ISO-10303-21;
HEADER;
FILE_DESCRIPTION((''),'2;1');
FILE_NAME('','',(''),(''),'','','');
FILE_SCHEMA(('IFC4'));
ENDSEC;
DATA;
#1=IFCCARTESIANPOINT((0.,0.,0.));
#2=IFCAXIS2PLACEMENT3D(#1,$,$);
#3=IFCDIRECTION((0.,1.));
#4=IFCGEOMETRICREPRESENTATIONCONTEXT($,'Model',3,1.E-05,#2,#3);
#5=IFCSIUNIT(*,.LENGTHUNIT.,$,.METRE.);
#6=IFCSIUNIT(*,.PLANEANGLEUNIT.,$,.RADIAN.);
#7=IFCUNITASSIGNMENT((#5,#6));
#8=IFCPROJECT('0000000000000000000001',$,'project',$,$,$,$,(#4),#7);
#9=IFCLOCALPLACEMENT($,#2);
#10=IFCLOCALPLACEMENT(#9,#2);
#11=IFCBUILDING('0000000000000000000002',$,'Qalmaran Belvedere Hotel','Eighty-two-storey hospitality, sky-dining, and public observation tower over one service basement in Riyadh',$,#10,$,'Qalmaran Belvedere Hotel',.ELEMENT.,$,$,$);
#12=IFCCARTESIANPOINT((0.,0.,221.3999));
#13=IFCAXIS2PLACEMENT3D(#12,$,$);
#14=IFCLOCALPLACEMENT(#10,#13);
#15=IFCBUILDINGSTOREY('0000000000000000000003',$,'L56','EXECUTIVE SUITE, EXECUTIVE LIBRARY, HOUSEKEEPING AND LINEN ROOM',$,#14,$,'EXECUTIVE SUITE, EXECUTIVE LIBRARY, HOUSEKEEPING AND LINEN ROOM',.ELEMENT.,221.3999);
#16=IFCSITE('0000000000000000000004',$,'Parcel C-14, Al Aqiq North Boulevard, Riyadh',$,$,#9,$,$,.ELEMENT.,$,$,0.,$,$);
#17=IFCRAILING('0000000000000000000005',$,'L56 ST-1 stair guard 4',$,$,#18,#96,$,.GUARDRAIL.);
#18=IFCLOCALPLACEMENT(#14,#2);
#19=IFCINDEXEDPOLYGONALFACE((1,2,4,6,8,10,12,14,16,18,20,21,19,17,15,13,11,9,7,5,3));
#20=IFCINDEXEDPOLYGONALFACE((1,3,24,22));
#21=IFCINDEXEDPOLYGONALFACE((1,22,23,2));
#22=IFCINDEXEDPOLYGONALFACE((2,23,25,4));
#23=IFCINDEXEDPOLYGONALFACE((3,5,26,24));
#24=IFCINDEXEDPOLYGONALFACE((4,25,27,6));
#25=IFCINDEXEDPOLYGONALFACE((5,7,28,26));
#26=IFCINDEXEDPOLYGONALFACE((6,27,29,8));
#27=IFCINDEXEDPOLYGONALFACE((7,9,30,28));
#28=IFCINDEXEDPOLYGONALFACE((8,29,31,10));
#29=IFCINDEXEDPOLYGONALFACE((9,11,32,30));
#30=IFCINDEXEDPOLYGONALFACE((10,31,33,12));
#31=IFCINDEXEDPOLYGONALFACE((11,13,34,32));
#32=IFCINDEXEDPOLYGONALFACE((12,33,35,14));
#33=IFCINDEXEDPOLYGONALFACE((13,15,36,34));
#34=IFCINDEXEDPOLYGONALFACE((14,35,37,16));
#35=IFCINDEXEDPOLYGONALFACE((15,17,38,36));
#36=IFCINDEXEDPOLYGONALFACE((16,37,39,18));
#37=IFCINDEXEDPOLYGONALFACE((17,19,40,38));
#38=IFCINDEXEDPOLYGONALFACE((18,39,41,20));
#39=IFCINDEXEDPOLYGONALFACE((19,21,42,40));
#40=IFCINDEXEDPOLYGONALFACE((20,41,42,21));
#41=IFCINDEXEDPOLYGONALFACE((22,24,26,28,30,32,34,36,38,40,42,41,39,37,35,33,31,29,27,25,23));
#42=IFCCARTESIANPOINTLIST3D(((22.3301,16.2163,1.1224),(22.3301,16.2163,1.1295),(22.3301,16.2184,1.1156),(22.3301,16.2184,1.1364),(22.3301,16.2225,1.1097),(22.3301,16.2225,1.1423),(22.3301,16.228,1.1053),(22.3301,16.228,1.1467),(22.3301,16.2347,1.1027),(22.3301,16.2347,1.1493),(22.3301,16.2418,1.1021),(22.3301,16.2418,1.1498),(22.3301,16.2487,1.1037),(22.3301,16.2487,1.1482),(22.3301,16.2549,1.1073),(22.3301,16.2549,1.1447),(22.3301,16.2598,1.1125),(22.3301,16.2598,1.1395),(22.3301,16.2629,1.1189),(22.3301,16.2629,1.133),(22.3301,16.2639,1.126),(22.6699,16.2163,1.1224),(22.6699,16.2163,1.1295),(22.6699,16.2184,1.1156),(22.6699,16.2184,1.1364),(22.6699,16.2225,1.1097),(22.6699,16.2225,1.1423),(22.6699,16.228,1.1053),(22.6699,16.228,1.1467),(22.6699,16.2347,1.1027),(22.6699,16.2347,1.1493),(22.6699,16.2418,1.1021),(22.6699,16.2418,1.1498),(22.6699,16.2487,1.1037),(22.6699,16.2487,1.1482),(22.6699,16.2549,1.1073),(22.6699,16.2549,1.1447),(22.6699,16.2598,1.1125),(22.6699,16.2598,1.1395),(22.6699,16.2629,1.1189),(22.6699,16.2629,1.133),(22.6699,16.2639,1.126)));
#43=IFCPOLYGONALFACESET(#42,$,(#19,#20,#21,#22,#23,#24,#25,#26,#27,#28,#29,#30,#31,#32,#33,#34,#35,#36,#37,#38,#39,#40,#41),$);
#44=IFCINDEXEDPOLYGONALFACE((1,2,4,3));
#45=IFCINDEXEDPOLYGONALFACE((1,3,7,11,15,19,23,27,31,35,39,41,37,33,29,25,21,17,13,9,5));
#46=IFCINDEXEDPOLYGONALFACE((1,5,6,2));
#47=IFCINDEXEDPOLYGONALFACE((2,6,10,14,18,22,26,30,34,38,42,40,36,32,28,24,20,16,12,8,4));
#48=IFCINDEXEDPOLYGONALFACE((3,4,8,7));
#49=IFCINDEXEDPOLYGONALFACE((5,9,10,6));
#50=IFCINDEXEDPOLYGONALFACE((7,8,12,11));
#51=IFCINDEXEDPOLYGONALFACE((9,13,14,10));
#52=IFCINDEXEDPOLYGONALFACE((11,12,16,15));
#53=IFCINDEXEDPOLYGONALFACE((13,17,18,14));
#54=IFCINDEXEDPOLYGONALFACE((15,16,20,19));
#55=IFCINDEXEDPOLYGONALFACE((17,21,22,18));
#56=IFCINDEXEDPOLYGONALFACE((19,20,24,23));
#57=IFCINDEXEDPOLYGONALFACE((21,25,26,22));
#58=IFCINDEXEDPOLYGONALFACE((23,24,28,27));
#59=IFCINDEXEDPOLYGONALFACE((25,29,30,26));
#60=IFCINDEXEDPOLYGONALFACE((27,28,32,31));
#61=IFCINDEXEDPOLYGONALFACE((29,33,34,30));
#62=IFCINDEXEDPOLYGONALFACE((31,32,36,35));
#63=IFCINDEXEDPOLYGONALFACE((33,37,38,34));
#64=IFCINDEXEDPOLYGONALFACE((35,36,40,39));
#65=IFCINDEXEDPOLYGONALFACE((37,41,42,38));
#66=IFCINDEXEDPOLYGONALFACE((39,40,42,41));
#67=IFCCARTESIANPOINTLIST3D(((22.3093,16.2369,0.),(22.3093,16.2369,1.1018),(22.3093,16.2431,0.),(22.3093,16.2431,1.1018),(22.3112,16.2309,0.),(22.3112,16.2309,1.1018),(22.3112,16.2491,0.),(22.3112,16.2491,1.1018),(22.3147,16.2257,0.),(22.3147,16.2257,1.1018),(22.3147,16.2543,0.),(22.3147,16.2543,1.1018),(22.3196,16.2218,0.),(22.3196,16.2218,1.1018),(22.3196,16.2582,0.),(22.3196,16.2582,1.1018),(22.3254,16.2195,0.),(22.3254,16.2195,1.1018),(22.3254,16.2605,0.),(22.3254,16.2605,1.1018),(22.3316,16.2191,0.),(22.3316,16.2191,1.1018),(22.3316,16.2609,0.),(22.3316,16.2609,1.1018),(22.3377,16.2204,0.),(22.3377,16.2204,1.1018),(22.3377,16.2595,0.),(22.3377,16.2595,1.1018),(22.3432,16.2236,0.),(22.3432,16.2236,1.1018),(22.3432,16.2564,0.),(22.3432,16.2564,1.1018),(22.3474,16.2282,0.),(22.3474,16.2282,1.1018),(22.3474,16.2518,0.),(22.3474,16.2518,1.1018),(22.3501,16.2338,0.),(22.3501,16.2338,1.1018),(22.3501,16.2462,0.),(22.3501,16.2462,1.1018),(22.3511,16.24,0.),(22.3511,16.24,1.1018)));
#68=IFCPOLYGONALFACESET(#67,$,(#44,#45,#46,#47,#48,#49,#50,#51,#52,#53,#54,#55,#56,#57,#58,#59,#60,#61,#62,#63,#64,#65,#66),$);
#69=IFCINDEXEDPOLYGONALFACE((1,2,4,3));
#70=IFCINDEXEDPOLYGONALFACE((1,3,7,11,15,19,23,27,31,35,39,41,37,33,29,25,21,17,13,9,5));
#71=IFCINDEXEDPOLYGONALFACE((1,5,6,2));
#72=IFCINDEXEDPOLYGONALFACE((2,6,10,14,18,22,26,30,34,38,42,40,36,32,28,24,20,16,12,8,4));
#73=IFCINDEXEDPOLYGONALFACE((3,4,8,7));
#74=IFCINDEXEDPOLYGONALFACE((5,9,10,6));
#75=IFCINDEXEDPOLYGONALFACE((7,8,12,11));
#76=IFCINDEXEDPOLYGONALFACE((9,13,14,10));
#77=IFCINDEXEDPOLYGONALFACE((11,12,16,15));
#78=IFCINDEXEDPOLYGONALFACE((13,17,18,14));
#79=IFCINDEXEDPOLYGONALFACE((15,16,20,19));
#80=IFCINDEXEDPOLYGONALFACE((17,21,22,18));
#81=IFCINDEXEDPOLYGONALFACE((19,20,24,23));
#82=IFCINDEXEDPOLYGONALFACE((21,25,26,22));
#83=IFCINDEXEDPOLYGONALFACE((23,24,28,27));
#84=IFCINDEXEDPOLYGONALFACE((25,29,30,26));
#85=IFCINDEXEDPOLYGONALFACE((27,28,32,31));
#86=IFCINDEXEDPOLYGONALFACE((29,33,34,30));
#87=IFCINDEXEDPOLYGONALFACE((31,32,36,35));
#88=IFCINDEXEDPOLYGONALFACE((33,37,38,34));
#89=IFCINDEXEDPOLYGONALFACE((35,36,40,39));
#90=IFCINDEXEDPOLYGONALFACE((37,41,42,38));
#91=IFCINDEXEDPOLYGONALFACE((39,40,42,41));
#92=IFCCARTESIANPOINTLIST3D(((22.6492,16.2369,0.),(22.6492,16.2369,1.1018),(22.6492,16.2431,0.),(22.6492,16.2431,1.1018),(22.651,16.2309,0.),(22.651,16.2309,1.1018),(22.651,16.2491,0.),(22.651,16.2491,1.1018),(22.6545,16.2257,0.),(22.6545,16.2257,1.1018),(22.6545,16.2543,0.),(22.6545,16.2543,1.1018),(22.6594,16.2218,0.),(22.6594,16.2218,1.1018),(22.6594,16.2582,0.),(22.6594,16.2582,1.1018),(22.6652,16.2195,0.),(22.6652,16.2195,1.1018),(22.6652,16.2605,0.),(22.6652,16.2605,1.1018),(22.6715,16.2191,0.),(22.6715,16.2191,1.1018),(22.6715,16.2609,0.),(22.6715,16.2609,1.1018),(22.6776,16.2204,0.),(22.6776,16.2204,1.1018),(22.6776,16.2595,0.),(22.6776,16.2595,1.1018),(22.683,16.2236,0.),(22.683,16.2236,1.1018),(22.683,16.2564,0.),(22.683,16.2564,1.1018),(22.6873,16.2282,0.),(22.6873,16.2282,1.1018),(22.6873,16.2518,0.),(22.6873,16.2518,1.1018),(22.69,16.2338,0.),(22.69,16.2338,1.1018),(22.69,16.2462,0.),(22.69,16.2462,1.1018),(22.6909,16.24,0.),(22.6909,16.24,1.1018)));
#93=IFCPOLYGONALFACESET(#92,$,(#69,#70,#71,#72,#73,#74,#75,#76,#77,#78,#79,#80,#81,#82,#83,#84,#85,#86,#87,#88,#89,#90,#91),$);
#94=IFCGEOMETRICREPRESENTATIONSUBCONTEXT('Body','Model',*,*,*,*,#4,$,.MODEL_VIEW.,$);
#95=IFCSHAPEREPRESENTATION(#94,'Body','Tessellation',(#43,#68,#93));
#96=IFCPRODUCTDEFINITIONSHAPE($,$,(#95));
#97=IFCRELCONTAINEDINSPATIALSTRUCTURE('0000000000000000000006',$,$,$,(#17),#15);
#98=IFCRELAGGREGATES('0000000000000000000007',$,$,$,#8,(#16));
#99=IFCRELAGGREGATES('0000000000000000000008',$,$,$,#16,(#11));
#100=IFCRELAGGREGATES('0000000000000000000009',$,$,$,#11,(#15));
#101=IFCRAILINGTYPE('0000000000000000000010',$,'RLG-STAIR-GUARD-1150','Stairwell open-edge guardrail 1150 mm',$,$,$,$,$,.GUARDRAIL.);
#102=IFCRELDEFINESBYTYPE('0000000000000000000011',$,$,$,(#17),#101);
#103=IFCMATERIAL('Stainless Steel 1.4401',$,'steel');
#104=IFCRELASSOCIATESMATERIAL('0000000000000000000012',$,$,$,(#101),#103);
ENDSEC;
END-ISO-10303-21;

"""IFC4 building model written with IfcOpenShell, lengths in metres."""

from ifc_helpers import new_model, si_unit, direction, frame, origin, origin_2d, place, context, subcontext, project, spatial, circle, extrude, material, type_object, element, save


model = new_model("IFC4")

# Units and contexts
model_context = context("Model", 3, precision=1e-05, world=origin(), true_north=direction((0.0, 1.0)))
body_context = subcontext(model_context, "Body", "Model", "MODEL_VIEW")
ifc_project = project(units=[si_unit("LENGTHUNIT", "METRE"), si_unit("PLANEANGLEUNIT", "RADIAN")], contexts=[model_context])

# Site, building, storey
site_placement = place(None, origin())
site = spatial("IfcSite", under=ifc_project, at=site_placement, Name="Parcel C-14, Al Aqiq North Boulevard, Riyadh", CompositionType="ELEMENT", RefElevation=0.0)
building_placement = place(site_placement, origin())
building = spatial("IfcBuilding", under=site, at=building_placement, Name="Qalmaran Belvedere Hotel", Description="Eighty-two-storey hospitality, sky-dining, and public observation tower over one service basement in Riyadh", LongName="Qalmaran Belvedere Hotel", CompositionType="ELEMENT")
storey_placement = place(building_placement, frame((0.0, 0.0, 221.3999)))
storey = spatial("IfcBuildingStorey", under=building, at=storey_placement, Name="L56", Description="EXECUTIVE SUITE, EXECUTIVE LIBRARY, HOUSEKEEPING AND LINEN ROOM", LongName="EXECUTIVE SUITE, EXECUTIVE LIBRARY, HOUSEKEEPING AND LINEN ROOM", CompositionType="ELEMENT", Elevation=221.3999)

# Railing
ifc_material_1 = material(Name="Stainless Steel 1.4401", Category="steel")
railing_type_1 = type_object("IfcRailingType", Name="RLG-STAIR-GUARD-1150", Description="Stairwell open-edge guardrail 1150 mm", PredefinedType="GUARDRAIL", material=ifc_material_1)
railing_1_placement = place(storey_placement, frame((22.3301, 16.24, 0.0)))
element("IfcRailing", 1, at=railing_1_placement, inside=storey, type_object=railing_type_1, Name="L56 ST-1 stair guard 4", PredefinedType="GUARDRAIL", context=body_context, shape_type="SweptSolid", body=[
    extrude(circle(Radius=0.0239, at=origin_2d()), frame((0.0, 0.0, 1.126), z_axis=(1.0, 0.0, 0.0), x_axis=(0.0, 1.0, 0.0)), (0.0, 0.0, 1.0), 0.3398),
    extrude(circle(Radius=0.021, at=origin_2d()), origin(), (0.0, 0.0, 1.0), 1.1018),
    extrude(circle(Radius=0.021, at=origin_2d()), frame((0.3398, 0.0, 0.0)), (0.0, 0.0, 1.0), 1.1018),
])

save(model, "model.ifc")
